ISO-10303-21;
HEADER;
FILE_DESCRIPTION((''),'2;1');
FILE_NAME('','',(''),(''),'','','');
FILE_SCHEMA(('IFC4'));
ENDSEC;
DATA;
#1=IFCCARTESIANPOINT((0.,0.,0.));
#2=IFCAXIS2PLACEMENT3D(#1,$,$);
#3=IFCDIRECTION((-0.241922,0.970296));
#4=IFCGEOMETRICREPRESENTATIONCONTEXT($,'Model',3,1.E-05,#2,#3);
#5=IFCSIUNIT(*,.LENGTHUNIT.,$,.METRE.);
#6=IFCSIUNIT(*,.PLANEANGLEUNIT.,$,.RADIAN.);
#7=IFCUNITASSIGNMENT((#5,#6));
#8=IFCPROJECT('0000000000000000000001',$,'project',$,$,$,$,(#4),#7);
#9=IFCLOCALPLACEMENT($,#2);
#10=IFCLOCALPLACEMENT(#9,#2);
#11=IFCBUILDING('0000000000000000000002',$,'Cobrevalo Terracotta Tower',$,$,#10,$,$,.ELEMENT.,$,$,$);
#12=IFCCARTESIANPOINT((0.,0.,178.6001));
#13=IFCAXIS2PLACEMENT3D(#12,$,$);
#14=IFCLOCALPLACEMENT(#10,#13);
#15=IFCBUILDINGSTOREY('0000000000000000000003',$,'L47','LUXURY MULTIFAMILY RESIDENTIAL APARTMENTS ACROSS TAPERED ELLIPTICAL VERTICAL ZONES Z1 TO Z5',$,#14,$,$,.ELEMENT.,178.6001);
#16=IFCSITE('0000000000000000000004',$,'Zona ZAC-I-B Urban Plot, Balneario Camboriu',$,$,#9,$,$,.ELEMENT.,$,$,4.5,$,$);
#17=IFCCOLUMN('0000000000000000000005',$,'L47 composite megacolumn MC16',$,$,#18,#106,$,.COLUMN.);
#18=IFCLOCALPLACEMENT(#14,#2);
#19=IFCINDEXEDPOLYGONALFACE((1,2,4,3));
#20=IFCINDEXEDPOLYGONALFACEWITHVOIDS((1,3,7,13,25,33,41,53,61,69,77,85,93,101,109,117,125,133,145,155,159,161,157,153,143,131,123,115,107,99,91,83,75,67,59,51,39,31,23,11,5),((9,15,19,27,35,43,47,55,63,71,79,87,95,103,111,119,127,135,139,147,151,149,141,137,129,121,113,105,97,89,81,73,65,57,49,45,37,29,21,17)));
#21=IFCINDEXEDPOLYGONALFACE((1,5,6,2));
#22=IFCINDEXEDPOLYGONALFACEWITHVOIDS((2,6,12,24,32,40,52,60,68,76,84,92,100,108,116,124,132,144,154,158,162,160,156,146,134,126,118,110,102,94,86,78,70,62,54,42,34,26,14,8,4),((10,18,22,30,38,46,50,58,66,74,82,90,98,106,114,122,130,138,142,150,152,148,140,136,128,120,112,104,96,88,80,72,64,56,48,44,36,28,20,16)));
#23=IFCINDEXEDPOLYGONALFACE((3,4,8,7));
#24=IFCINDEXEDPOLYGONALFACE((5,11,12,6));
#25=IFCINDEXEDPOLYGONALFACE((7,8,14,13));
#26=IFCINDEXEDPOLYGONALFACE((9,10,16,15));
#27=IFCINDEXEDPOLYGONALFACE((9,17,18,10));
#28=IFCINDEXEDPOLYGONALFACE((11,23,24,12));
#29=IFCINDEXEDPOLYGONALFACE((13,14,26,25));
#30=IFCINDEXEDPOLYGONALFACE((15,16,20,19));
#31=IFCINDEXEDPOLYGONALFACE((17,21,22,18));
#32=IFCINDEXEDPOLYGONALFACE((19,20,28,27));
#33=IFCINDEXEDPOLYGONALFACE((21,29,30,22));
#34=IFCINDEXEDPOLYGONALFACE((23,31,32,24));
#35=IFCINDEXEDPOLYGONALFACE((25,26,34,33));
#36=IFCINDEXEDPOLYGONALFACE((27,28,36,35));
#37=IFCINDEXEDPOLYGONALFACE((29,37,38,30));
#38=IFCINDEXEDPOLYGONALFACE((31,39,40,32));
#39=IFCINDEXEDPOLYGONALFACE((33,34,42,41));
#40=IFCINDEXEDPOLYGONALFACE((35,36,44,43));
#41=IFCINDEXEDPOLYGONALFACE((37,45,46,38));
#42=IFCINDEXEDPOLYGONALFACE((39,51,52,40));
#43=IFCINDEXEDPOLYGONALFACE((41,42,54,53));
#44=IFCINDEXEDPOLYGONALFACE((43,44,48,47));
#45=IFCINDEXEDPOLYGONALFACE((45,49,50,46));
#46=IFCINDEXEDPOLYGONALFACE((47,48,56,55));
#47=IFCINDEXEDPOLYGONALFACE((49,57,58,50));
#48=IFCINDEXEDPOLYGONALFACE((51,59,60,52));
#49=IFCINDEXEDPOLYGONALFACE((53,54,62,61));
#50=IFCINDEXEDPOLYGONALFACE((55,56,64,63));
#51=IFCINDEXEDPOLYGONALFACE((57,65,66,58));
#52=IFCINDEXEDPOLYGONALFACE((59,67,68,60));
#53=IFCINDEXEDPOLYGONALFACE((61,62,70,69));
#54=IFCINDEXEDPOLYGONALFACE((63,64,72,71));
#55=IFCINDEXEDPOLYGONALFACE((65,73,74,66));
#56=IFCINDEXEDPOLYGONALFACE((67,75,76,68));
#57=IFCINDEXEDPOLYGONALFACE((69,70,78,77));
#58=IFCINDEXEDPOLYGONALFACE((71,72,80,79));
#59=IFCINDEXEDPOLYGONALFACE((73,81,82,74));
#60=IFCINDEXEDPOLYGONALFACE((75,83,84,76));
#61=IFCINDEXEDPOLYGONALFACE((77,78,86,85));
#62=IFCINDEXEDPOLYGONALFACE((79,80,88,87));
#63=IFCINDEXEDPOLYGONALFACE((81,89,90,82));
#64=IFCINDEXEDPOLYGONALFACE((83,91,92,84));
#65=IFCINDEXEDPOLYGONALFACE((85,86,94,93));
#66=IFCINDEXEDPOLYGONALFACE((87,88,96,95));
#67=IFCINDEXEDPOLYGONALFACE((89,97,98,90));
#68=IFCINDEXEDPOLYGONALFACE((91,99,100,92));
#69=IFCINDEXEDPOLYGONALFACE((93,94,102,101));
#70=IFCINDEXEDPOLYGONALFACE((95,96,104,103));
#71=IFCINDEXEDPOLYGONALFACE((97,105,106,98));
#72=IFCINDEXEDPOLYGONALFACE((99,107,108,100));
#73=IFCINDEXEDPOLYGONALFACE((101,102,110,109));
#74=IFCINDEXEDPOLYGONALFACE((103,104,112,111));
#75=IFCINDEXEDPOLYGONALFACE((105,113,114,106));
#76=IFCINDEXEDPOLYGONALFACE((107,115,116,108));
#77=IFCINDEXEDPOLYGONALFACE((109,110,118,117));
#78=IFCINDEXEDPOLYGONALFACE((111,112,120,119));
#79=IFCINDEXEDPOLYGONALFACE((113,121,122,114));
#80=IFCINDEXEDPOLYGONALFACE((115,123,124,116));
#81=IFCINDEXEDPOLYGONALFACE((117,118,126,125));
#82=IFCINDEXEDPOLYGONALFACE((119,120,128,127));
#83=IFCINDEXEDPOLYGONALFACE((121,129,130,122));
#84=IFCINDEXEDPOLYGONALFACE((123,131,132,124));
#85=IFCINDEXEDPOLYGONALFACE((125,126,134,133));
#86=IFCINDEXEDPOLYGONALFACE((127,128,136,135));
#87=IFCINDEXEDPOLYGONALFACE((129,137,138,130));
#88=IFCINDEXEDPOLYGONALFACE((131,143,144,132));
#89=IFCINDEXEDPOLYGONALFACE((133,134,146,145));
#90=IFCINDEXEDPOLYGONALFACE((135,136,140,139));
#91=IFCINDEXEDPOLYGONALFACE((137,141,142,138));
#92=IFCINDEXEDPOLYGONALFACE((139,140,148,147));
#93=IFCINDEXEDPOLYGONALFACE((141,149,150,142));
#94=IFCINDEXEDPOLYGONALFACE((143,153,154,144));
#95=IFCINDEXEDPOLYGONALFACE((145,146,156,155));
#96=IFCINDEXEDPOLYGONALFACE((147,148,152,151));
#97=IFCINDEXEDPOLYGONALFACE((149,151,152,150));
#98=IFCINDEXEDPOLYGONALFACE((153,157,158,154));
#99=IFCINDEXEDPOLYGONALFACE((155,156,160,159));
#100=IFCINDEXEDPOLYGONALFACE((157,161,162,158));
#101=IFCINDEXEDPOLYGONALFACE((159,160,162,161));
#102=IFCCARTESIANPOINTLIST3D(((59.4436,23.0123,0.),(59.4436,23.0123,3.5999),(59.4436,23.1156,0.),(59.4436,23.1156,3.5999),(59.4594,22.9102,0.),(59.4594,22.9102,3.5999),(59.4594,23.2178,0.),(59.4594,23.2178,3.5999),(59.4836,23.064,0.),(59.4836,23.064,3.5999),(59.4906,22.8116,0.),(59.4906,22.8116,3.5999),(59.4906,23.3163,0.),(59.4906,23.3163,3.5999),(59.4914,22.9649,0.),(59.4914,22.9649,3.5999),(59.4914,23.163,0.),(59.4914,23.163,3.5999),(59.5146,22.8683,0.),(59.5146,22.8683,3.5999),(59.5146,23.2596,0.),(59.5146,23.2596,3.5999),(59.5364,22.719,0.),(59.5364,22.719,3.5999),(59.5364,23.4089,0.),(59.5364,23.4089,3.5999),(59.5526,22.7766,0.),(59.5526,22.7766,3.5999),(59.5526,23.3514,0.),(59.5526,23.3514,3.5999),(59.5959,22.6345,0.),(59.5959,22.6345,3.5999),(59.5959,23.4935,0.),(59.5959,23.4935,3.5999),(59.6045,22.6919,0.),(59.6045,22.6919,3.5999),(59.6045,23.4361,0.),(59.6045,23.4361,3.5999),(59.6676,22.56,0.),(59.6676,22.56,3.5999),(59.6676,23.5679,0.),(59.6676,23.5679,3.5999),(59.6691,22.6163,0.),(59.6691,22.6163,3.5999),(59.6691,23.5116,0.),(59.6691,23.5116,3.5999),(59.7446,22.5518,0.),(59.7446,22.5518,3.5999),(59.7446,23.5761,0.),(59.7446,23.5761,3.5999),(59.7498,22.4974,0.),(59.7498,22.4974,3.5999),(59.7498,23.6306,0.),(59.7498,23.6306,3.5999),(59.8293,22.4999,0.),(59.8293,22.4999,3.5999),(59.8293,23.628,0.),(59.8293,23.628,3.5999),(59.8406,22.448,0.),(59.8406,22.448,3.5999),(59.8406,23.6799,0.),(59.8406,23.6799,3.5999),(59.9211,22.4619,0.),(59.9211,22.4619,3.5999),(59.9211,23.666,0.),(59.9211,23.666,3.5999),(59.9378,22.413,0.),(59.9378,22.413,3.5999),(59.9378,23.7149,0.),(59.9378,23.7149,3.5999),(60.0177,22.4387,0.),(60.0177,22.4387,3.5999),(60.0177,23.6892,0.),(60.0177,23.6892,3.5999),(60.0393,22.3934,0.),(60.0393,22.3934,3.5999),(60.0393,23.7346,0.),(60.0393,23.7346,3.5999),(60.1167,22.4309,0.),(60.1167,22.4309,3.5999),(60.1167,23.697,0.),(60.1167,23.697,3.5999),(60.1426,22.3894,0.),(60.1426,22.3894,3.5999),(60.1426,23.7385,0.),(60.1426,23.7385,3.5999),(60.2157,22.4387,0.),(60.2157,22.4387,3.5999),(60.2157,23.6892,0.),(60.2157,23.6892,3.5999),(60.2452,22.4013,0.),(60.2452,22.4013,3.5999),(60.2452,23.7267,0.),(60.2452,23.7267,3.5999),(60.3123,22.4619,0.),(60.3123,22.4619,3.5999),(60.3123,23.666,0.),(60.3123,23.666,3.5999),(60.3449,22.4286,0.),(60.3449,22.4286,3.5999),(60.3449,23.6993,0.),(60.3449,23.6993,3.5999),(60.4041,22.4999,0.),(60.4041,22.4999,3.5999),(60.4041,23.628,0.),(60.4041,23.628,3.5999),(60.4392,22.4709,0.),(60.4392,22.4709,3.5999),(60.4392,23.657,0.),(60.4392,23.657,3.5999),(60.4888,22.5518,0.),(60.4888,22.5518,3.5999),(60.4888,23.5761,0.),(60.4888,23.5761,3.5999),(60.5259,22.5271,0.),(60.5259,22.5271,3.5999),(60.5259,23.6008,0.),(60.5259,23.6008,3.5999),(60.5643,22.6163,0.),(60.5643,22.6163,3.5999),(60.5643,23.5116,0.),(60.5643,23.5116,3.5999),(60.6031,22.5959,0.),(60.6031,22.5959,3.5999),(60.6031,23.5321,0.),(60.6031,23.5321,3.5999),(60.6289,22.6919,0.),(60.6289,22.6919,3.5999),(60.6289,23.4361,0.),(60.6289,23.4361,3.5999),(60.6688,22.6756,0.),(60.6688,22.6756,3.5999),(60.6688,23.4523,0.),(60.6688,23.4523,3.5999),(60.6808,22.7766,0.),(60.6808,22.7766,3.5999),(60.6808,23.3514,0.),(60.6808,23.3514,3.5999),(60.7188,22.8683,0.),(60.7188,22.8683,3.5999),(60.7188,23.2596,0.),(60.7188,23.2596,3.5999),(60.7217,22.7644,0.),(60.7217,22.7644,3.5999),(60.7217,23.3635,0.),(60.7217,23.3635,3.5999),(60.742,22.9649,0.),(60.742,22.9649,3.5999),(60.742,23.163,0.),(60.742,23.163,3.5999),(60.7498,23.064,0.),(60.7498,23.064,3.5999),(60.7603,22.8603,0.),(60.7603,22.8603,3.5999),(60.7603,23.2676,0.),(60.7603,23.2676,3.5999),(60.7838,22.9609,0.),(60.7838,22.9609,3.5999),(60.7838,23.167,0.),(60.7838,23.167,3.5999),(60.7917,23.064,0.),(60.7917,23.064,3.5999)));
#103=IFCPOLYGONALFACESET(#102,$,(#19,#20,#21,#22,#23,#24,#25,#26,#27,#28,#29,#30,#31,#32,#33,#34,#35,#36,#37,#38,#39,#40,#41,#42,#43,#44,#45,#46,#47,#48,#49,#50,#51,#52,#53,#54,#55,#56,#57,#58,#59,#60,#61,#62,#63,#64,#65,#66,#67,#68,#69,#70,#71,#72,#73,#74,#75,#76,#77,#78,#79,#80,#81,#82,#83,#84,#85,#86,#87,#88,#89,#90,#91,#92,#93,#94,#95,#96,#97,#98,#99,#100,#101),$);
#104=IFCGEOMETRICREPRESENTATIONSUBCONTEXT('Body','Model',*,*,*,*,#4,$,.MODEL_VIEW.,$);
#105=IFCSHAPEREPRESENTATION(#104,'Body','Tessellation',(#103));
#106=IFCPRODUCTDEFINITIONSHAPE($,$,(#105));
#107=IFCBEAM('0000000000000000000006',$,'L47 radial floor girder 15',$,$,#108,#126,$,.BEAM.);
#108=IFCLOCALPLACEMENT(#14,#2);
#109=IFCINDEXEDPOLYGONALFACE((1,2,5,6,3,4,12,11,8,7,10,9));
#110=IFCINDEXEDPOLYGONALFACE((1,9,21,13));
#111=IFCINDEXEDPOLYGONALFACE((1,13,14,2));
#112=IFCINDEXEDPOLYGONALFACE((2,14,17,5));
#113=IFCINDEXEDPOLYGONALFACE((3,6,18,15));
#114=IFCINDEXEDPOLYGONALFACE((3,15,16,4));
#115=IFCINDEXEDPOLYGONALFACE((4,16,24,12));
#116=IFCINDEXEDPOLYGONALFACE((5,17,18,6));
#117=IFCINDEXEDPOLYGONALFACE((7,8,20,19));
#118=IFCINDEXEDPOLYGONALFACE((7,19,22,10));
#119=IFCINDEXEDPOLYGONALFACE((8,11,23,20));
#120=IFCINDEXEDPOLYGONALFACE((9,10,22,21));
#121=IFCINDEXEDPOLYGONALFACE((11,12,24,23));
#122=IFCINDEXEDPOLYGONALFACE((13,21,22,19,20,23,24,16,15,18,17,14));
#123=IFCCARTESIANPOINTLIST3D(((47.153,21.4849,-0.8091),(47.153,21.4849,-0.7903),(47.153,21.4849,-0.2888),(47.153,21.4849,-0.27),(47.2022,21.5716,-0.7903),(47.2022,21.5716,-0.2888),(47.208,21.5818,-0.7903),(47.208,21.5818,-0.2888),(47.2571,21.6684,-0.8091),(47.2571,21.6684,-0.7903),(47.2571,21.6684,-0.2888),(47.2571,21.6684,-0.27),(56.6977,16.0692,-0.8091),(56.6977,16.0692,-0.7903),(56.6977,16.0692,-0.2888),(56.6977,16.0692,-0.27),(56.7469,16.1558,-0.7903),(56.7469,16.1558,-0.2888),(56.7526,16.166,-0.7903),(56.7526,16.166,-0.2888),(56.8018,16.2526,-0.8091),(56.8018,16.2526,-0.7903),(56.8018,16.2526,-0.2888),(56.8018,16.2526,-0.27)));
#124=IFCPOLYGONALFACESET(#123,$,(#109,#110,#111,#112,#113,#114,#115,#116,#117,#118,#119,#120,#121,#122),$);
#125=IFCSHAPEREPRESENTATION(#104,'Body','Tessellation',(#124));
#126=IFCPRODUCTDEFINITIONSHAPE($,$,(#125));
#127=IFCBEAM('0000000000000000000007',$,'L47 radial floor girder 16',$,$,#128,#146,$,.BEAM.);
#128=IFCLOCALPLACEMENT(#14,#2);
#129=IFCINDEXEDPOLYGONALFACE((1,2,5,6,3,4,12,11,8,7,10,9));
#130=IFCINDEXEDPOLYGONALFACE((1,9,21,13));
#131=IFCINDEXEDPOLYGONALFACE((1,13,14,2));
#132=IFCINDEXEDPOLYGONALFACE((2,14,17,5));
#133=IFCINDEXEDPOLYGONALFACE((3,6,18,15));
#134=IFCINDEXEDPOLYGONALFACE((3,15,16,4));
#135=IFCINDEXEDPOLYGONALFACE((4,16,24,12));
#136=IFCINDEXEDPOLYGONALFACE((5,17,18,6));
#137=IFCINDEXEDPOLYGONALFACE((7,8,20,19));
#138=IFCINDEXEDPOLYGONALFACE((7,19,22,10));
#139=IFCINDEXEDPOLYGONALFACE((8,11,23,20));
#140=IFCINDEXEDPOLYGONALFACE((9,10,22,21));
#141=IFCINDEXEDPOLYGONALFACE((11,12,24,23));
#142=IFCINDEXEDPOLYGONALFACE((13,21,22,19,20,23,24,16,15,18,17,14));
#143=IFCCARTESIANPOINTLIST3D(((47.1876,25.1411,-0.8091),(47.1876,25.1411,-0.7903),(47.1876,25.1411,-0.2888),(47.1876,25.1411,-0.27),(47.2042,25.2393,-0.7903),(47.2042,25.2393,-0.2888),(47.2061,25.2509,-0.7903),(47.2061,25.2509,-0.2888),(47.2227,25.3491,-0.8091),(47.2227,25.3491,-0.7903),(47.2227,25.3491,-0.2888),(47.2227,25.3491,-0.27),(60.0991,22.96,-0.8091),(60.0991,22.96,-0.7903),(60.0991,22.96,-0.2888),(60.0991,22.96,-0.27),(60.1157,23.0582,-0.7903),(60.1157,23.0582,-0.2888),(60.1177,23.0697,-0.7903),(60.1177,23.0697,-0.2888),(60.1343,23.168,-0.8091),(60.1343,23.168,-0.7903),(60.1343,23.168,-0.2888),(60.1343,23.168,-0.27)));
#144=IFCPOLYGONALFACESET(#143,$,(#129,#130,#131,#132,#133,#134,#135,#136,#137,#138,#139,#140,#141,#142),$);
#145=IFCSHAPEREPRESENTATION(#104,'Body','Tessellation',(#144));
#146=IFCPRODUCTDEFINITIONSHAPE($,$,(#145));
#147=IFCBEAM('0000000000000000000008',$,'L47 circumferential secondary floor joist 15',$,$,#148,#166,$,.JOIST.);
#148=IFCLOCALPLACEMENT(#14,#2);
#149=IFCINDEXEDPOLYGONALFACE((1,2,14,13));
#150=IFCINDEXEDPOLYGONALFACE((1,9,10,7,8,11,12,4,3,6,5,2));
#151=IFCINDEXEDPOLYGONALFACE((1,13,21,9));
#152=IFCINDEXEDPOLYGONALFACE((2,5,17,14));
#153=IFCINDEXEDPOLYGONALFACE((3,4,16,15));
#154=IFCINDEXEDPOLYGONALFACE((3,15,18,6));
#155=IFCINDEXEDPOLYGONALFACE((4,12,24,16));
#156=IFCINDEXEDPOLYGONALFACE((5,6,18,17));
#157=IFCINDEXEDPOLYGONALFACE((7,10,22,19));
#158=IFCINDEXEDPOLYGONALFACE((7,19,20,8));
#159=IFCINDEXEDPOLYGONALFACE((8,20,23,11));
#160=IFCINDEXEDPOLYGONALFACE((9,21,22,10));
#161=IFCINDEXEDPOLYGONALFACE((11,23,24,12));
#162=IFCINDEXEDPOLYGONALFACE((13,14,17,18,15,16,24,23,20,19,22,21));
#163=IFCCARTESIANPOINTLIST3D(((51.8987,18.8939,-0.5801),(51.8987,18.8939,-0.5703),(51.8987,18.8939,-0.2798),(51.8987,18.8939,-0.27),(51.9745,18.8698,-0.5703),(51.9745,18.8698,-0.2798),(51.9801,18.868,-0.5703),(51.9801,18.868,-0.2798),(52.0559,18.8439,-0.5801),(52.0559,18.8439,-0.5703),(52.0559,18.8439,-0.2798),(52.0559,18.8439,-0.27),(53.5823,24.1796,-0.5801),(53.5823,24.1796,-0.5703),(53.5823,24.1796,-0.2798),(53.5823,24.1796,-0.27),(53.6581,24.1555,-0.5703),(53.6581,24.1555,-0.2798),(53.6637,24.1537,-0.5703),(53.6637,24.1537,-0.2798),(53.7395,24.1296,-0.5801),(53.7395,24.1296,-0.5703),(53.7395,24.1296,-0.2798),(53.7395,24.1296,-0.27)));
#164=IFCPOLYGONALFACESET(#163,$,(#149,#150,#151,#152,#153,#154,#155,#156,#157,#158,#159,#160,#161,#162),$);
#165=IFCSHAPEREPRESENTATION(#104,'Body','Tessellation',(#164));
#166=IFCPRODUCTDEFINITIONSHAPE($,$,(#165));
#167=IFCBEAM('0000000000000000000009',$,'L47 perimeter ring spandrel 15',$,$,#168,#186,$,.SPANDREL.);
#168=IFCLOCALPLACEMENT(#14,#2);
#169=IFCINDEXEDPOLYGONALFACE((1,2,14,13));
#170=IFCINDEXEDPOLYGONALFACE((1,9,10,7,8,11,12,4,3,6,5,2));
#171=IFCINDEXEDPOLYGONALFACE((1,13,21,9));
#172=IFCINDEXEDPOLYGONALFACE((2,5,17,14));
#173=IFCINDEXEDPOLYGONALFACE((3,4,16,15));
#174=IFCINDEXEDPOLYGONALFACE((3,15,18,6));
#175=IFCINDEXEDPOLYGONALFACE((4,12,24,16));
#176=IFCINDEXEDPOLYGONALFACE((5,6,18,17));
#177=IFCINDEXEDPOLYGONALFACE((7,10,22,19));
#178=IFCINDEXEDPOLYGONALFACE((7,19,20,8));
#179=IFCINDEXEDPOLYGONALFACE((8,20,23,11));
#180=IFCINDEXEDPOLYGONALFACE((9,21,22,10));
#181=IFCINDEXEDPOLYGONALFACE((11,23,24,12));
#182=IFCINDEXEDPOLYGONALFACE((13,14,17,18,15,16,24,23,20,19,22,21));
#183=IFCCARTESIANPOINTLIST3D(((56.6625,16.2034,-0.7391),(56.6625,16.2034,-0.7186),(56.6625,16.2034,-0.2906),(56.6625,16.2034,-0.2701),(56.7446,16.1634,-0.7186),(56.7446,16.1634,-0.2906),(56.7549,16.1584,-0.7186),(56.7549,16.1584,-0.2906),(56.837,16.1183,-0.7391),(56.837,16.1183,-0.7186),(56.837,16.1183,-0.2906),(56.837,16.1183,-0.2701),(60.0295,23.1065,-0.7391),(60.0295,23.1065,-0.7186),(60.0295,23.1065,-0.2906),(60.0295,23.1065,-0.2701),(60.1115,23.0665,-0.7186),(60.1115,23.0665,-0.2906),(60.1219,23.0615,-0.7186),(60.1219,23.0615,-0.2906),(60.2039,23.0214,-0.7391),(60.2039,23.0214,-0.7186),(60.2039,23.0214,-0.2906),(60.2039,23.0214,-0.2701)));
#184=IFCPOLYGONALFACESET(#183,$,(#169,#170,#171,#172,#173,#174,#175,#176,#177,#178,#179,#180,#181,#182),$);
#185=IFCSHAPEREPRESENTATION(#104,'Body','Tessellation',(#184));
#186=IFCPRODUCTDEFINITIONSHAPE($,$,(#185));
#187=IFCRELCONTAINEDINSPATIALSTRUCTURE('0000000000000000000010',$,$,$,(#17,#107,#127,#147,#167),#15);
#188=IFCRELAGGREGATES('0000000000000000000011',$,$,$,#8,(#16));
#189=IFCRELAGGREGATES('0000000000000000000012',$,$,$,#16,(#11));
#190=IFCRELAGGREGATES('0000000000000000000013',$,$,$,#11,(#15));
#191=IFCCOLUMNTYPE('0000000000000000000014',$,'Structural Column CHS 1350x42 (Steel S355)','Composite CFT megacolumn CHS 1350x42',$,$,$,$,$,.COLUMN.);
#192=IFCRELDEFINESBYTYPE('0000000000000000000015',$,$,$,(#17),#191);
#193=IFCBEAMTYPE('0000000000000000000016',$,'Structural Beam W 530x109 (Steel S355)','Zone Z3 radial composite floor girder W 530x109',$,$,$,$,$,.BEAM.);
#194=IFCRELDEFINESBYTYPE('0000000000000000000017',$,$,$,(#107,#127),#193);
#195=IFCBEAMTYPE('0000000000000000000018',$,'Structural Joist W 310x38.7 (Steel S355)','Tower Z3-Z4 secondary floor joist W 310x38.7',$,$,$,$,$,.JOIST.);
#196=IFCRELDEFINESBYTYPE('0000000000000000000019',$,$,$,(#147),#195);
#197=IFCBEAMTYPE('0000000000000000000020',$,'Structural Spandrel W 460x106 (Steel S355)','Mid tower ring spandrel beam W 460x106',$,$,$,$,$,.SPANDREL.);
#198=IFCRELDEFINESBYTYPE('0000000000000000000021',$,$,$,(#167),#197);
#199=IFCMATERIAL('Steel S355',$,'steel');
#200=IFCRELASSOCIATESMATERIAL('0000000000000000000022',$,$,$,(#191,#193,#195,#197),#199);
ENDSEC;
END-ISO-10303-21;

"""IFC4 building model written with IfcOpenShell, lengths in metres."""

from ifc_helpers import new_model, si_unit, direction, frame, origin, origin_2d, place, context, subcontext, project, spatial, hollow_circle, i_section, extrude, material, material_profile, profile_set, type_object, element, save


model = new_model("IFC4")

# Units and contexts
model_context = context("Model", 3, precision=1e-05, world=origin(), true_north=direction((-0.241922, 0.970296)))
body_context = subcontext(model_context, "Body", "Model", "MODEL_VIEW")
ifc_project = project(units=[si_unit("LENGTHUNIT", "METRE"), si_unit("PLANEANGLEUNIT", "RADIAN")], contexts=[model_context])

# Site, building, storey
site_placement = place(None, origin())
site = spatial("IfcSite", under=ifc_project, at=site_placement, Name="Zona ZAC-I-B Urban Plot, Balneario Camboriu", CompositionType="ELEMENT", RefElevation=4.5)
building_placement = place(site_placement, origin())
building = spatial("IfcBuilding", under=site, at=building_placement, Name="Cobrevalo Terracotta Tower", CompositionType="ELEMENT")
storey_placement = place(building_placement, frame((0.0, 0.0, 178.6001)))
storey = spatial("IfcBuildingStorey", under=building, at=storey_placement, Name="L47", Description="LUXURY MULTIFAMILY RESIDENTIAL APARTMENTS ACROSS TAPERED ELLIPTICAL VERTICAL ZONES Z1 TO Z5", CompositionType="ELEMENT", Elevation=178.6001)

# Column
ifc_material_1 = material(Name="Steel S355", Category="steel")
ifc_material_profile_1 = material_profile(ifc_material_1, hollow_circle(Radius=0.675, WallThickness=0.042, at=origin_2d()), Name="CHS 1350x42")
ifc_profile_set_1 = profile_set([ifc_material_profile_1], Name="Steel S355")
column_type = type_object("IfcColumnType", Name="Structural Column CHS 1350x42 (Steel S355)", Description="Composite CFT megacolumn CHS 1350x42", PredefinedType="COLUMN", material=ifc_profile_set_1)
column_placement = place(storey_placement, frame((60.1167, 23.064, 0.0), z_axis=(0.0, 0.0, 1.0), x_axis=(1.0, 0.0, 0.0)))
element("IfcColumn", 1, at=column_placement, inside=storey, type_object=column_type, Name="L47 composite megacolumn MC16", PredefinedType="COLUMN", context=body_context, shape_type="SweptSolid", body=[
    extrude(hollow_circle(Radius=0.675, WallThickness=0.042, at=origin_2d()), origin(), (0.0, 0.0, 1.0), 3.5999),
])

# Beams
ifc_material_profile_2 = material_profile(ifc_material_1, i_section(OverallWidth=0.2109, OverallDepth=0.5391, WebThickness=0.0117, FlangeThickness=0.0188, at=origin_2d()), Name="W 530x109")
ifc_profile_set_2 = profile_set([ifc_material_profile_2], Name="Steel S355")
beam_type_1 = type_object("IfcBeamType", Name="Structural Beam W 530x109 (Steel S355)", Description="Zone Z3 radial composite floor girder W 530x109", PredefinedType="BEAM", material=ifc_profile_set_2)
beam_1_placement = place(storey_placement, frame((56.7498, 16.1609, -0.5396), z_axis=(-0.869744, 0.493504, 0.0), x_axis=(-0.493504, -0.869744, 0.0)))
element("IfcBeam", 2, at=beam_1_placement, inside=storey, type_object=beam_type_1, Name="L47 radial floor girder 15", PredefinedType="BEAM", context=body_context, shape_type="SweptSolid", body=[
    extrude(i_section(OverallWidth=0.2109, OverallDepth=0.5391, WebThickness=0.0117, FlangeThickness=0.0188, at=origin_2d()), origin(), (0.0, 0.0, 1.0), 10.9741),
])
beam_2_placement = place(storey_placement, frame((60.1167, 23.064, -0.5396), z_axis=(-0.98603, 0.166569, 0.0), x_axis=(-0.166569, -0.98603, 0.0)))
element("IfcBeam", 3, at=beam_2_placement, inside=storey, type_object=beam_type_1, Name="L47 radial floor girder 16", PredefinedType="BEAM", context=body_context, shape_type="SweptSolid", body=[
    extrude(i_section(OverallWidth=0.2109, OverallDepth=0.5391, WebThickness=0.0117, FlangeThickness=0.0188, at=origin_2d()), origin(), (0.0, 0.0, 1.0), 13.0945),
])
ifc_material_profile_3 = material_profile(ifc_material_1, i_section(OverallWidth=0.165, OverallDepth=0.3101, WebThickness=0.0059, FlangeThickness=0.0098, at=origin_2d()), Name="W 310x38.7")
ifc_profile_set_3 = profile_set([ifc_material_profile_3], Name="Steel S355")
beam_type_2 = type_object("IfcBeamType", Name="Structural Joist W 310x38.7 (Steel S355)", Description="Tower Z3-Z4 secondary floor joist W 310x38.7", PredefinedType="JOIST", material=ifc_profile_set_3)
beam_3_placement = place(storey_placement, frame((51.9773, 18.8689, -0.425), z_axis=(0.303498, 0.952832, 0.0), x_axis=(-0.952832, 0.303498, 0.0)))
element("IfcBeam", 4, at=beam_3_placement, inside=storey, type_object=beam_type_2, Name="L47 circumferential secondary floor joist 15", PredefinedType="JOIST", context=body_context, shape_type="SweptSolid", body=[
    extrude(i_section(OverallWidth=0.165, OverallDepth=0.3101, WebThickness=0.0059, FlangeThickness=0.0098, at=origin_2d()), origin(), (0.0, 0.0, 1.0), 5.5474),
])
ifc_material_profile_4 = material_profile(ifc_material_1, i_section(OverallWidth=0.1941, OverallDepth=0.469, WebThickness=0.0115, FlangeThickness=0.0205, at=origin_2d()), Name="W 460x106")
ifc_profile_set_4 = profile_set([ifc_material_profile_4], Name="Steel S355")
beam_type_3 = type_object("IfcBeamType", Name="Structural Spandrel W 460x106 (Steel S355)", Description="Mid tower ring spandrel beam W 460x106", PredefinedType="SPANDREL", material=ifc_profile_set_4)
beam_4_placement = place(storey_placement, frame((56.7498, 16.1609, -0.5046), z_axis=(0.43838, 0.89879, 0.0), x_axis=(-0.89879, 0.43838, 0.0)))
element("IfcBeam", 5, at=beam_4_placement, inside=storey, type_object=beam_type_3, Name="L47 perimeter ring spandrel 15", PredefinedType="SPANDREL", context=body_context, shape_type="SweptSolid", body=[
    extrude(i_section(OverallWidth=0.1941, OverallDepth=0.469, WebThickness=0.0115, FlangeThickness=0.0205, at=origin_2d()), origin(), (0.0, 0.0, 1.0), 7.6804),
])

save(model, "model.ifc")
